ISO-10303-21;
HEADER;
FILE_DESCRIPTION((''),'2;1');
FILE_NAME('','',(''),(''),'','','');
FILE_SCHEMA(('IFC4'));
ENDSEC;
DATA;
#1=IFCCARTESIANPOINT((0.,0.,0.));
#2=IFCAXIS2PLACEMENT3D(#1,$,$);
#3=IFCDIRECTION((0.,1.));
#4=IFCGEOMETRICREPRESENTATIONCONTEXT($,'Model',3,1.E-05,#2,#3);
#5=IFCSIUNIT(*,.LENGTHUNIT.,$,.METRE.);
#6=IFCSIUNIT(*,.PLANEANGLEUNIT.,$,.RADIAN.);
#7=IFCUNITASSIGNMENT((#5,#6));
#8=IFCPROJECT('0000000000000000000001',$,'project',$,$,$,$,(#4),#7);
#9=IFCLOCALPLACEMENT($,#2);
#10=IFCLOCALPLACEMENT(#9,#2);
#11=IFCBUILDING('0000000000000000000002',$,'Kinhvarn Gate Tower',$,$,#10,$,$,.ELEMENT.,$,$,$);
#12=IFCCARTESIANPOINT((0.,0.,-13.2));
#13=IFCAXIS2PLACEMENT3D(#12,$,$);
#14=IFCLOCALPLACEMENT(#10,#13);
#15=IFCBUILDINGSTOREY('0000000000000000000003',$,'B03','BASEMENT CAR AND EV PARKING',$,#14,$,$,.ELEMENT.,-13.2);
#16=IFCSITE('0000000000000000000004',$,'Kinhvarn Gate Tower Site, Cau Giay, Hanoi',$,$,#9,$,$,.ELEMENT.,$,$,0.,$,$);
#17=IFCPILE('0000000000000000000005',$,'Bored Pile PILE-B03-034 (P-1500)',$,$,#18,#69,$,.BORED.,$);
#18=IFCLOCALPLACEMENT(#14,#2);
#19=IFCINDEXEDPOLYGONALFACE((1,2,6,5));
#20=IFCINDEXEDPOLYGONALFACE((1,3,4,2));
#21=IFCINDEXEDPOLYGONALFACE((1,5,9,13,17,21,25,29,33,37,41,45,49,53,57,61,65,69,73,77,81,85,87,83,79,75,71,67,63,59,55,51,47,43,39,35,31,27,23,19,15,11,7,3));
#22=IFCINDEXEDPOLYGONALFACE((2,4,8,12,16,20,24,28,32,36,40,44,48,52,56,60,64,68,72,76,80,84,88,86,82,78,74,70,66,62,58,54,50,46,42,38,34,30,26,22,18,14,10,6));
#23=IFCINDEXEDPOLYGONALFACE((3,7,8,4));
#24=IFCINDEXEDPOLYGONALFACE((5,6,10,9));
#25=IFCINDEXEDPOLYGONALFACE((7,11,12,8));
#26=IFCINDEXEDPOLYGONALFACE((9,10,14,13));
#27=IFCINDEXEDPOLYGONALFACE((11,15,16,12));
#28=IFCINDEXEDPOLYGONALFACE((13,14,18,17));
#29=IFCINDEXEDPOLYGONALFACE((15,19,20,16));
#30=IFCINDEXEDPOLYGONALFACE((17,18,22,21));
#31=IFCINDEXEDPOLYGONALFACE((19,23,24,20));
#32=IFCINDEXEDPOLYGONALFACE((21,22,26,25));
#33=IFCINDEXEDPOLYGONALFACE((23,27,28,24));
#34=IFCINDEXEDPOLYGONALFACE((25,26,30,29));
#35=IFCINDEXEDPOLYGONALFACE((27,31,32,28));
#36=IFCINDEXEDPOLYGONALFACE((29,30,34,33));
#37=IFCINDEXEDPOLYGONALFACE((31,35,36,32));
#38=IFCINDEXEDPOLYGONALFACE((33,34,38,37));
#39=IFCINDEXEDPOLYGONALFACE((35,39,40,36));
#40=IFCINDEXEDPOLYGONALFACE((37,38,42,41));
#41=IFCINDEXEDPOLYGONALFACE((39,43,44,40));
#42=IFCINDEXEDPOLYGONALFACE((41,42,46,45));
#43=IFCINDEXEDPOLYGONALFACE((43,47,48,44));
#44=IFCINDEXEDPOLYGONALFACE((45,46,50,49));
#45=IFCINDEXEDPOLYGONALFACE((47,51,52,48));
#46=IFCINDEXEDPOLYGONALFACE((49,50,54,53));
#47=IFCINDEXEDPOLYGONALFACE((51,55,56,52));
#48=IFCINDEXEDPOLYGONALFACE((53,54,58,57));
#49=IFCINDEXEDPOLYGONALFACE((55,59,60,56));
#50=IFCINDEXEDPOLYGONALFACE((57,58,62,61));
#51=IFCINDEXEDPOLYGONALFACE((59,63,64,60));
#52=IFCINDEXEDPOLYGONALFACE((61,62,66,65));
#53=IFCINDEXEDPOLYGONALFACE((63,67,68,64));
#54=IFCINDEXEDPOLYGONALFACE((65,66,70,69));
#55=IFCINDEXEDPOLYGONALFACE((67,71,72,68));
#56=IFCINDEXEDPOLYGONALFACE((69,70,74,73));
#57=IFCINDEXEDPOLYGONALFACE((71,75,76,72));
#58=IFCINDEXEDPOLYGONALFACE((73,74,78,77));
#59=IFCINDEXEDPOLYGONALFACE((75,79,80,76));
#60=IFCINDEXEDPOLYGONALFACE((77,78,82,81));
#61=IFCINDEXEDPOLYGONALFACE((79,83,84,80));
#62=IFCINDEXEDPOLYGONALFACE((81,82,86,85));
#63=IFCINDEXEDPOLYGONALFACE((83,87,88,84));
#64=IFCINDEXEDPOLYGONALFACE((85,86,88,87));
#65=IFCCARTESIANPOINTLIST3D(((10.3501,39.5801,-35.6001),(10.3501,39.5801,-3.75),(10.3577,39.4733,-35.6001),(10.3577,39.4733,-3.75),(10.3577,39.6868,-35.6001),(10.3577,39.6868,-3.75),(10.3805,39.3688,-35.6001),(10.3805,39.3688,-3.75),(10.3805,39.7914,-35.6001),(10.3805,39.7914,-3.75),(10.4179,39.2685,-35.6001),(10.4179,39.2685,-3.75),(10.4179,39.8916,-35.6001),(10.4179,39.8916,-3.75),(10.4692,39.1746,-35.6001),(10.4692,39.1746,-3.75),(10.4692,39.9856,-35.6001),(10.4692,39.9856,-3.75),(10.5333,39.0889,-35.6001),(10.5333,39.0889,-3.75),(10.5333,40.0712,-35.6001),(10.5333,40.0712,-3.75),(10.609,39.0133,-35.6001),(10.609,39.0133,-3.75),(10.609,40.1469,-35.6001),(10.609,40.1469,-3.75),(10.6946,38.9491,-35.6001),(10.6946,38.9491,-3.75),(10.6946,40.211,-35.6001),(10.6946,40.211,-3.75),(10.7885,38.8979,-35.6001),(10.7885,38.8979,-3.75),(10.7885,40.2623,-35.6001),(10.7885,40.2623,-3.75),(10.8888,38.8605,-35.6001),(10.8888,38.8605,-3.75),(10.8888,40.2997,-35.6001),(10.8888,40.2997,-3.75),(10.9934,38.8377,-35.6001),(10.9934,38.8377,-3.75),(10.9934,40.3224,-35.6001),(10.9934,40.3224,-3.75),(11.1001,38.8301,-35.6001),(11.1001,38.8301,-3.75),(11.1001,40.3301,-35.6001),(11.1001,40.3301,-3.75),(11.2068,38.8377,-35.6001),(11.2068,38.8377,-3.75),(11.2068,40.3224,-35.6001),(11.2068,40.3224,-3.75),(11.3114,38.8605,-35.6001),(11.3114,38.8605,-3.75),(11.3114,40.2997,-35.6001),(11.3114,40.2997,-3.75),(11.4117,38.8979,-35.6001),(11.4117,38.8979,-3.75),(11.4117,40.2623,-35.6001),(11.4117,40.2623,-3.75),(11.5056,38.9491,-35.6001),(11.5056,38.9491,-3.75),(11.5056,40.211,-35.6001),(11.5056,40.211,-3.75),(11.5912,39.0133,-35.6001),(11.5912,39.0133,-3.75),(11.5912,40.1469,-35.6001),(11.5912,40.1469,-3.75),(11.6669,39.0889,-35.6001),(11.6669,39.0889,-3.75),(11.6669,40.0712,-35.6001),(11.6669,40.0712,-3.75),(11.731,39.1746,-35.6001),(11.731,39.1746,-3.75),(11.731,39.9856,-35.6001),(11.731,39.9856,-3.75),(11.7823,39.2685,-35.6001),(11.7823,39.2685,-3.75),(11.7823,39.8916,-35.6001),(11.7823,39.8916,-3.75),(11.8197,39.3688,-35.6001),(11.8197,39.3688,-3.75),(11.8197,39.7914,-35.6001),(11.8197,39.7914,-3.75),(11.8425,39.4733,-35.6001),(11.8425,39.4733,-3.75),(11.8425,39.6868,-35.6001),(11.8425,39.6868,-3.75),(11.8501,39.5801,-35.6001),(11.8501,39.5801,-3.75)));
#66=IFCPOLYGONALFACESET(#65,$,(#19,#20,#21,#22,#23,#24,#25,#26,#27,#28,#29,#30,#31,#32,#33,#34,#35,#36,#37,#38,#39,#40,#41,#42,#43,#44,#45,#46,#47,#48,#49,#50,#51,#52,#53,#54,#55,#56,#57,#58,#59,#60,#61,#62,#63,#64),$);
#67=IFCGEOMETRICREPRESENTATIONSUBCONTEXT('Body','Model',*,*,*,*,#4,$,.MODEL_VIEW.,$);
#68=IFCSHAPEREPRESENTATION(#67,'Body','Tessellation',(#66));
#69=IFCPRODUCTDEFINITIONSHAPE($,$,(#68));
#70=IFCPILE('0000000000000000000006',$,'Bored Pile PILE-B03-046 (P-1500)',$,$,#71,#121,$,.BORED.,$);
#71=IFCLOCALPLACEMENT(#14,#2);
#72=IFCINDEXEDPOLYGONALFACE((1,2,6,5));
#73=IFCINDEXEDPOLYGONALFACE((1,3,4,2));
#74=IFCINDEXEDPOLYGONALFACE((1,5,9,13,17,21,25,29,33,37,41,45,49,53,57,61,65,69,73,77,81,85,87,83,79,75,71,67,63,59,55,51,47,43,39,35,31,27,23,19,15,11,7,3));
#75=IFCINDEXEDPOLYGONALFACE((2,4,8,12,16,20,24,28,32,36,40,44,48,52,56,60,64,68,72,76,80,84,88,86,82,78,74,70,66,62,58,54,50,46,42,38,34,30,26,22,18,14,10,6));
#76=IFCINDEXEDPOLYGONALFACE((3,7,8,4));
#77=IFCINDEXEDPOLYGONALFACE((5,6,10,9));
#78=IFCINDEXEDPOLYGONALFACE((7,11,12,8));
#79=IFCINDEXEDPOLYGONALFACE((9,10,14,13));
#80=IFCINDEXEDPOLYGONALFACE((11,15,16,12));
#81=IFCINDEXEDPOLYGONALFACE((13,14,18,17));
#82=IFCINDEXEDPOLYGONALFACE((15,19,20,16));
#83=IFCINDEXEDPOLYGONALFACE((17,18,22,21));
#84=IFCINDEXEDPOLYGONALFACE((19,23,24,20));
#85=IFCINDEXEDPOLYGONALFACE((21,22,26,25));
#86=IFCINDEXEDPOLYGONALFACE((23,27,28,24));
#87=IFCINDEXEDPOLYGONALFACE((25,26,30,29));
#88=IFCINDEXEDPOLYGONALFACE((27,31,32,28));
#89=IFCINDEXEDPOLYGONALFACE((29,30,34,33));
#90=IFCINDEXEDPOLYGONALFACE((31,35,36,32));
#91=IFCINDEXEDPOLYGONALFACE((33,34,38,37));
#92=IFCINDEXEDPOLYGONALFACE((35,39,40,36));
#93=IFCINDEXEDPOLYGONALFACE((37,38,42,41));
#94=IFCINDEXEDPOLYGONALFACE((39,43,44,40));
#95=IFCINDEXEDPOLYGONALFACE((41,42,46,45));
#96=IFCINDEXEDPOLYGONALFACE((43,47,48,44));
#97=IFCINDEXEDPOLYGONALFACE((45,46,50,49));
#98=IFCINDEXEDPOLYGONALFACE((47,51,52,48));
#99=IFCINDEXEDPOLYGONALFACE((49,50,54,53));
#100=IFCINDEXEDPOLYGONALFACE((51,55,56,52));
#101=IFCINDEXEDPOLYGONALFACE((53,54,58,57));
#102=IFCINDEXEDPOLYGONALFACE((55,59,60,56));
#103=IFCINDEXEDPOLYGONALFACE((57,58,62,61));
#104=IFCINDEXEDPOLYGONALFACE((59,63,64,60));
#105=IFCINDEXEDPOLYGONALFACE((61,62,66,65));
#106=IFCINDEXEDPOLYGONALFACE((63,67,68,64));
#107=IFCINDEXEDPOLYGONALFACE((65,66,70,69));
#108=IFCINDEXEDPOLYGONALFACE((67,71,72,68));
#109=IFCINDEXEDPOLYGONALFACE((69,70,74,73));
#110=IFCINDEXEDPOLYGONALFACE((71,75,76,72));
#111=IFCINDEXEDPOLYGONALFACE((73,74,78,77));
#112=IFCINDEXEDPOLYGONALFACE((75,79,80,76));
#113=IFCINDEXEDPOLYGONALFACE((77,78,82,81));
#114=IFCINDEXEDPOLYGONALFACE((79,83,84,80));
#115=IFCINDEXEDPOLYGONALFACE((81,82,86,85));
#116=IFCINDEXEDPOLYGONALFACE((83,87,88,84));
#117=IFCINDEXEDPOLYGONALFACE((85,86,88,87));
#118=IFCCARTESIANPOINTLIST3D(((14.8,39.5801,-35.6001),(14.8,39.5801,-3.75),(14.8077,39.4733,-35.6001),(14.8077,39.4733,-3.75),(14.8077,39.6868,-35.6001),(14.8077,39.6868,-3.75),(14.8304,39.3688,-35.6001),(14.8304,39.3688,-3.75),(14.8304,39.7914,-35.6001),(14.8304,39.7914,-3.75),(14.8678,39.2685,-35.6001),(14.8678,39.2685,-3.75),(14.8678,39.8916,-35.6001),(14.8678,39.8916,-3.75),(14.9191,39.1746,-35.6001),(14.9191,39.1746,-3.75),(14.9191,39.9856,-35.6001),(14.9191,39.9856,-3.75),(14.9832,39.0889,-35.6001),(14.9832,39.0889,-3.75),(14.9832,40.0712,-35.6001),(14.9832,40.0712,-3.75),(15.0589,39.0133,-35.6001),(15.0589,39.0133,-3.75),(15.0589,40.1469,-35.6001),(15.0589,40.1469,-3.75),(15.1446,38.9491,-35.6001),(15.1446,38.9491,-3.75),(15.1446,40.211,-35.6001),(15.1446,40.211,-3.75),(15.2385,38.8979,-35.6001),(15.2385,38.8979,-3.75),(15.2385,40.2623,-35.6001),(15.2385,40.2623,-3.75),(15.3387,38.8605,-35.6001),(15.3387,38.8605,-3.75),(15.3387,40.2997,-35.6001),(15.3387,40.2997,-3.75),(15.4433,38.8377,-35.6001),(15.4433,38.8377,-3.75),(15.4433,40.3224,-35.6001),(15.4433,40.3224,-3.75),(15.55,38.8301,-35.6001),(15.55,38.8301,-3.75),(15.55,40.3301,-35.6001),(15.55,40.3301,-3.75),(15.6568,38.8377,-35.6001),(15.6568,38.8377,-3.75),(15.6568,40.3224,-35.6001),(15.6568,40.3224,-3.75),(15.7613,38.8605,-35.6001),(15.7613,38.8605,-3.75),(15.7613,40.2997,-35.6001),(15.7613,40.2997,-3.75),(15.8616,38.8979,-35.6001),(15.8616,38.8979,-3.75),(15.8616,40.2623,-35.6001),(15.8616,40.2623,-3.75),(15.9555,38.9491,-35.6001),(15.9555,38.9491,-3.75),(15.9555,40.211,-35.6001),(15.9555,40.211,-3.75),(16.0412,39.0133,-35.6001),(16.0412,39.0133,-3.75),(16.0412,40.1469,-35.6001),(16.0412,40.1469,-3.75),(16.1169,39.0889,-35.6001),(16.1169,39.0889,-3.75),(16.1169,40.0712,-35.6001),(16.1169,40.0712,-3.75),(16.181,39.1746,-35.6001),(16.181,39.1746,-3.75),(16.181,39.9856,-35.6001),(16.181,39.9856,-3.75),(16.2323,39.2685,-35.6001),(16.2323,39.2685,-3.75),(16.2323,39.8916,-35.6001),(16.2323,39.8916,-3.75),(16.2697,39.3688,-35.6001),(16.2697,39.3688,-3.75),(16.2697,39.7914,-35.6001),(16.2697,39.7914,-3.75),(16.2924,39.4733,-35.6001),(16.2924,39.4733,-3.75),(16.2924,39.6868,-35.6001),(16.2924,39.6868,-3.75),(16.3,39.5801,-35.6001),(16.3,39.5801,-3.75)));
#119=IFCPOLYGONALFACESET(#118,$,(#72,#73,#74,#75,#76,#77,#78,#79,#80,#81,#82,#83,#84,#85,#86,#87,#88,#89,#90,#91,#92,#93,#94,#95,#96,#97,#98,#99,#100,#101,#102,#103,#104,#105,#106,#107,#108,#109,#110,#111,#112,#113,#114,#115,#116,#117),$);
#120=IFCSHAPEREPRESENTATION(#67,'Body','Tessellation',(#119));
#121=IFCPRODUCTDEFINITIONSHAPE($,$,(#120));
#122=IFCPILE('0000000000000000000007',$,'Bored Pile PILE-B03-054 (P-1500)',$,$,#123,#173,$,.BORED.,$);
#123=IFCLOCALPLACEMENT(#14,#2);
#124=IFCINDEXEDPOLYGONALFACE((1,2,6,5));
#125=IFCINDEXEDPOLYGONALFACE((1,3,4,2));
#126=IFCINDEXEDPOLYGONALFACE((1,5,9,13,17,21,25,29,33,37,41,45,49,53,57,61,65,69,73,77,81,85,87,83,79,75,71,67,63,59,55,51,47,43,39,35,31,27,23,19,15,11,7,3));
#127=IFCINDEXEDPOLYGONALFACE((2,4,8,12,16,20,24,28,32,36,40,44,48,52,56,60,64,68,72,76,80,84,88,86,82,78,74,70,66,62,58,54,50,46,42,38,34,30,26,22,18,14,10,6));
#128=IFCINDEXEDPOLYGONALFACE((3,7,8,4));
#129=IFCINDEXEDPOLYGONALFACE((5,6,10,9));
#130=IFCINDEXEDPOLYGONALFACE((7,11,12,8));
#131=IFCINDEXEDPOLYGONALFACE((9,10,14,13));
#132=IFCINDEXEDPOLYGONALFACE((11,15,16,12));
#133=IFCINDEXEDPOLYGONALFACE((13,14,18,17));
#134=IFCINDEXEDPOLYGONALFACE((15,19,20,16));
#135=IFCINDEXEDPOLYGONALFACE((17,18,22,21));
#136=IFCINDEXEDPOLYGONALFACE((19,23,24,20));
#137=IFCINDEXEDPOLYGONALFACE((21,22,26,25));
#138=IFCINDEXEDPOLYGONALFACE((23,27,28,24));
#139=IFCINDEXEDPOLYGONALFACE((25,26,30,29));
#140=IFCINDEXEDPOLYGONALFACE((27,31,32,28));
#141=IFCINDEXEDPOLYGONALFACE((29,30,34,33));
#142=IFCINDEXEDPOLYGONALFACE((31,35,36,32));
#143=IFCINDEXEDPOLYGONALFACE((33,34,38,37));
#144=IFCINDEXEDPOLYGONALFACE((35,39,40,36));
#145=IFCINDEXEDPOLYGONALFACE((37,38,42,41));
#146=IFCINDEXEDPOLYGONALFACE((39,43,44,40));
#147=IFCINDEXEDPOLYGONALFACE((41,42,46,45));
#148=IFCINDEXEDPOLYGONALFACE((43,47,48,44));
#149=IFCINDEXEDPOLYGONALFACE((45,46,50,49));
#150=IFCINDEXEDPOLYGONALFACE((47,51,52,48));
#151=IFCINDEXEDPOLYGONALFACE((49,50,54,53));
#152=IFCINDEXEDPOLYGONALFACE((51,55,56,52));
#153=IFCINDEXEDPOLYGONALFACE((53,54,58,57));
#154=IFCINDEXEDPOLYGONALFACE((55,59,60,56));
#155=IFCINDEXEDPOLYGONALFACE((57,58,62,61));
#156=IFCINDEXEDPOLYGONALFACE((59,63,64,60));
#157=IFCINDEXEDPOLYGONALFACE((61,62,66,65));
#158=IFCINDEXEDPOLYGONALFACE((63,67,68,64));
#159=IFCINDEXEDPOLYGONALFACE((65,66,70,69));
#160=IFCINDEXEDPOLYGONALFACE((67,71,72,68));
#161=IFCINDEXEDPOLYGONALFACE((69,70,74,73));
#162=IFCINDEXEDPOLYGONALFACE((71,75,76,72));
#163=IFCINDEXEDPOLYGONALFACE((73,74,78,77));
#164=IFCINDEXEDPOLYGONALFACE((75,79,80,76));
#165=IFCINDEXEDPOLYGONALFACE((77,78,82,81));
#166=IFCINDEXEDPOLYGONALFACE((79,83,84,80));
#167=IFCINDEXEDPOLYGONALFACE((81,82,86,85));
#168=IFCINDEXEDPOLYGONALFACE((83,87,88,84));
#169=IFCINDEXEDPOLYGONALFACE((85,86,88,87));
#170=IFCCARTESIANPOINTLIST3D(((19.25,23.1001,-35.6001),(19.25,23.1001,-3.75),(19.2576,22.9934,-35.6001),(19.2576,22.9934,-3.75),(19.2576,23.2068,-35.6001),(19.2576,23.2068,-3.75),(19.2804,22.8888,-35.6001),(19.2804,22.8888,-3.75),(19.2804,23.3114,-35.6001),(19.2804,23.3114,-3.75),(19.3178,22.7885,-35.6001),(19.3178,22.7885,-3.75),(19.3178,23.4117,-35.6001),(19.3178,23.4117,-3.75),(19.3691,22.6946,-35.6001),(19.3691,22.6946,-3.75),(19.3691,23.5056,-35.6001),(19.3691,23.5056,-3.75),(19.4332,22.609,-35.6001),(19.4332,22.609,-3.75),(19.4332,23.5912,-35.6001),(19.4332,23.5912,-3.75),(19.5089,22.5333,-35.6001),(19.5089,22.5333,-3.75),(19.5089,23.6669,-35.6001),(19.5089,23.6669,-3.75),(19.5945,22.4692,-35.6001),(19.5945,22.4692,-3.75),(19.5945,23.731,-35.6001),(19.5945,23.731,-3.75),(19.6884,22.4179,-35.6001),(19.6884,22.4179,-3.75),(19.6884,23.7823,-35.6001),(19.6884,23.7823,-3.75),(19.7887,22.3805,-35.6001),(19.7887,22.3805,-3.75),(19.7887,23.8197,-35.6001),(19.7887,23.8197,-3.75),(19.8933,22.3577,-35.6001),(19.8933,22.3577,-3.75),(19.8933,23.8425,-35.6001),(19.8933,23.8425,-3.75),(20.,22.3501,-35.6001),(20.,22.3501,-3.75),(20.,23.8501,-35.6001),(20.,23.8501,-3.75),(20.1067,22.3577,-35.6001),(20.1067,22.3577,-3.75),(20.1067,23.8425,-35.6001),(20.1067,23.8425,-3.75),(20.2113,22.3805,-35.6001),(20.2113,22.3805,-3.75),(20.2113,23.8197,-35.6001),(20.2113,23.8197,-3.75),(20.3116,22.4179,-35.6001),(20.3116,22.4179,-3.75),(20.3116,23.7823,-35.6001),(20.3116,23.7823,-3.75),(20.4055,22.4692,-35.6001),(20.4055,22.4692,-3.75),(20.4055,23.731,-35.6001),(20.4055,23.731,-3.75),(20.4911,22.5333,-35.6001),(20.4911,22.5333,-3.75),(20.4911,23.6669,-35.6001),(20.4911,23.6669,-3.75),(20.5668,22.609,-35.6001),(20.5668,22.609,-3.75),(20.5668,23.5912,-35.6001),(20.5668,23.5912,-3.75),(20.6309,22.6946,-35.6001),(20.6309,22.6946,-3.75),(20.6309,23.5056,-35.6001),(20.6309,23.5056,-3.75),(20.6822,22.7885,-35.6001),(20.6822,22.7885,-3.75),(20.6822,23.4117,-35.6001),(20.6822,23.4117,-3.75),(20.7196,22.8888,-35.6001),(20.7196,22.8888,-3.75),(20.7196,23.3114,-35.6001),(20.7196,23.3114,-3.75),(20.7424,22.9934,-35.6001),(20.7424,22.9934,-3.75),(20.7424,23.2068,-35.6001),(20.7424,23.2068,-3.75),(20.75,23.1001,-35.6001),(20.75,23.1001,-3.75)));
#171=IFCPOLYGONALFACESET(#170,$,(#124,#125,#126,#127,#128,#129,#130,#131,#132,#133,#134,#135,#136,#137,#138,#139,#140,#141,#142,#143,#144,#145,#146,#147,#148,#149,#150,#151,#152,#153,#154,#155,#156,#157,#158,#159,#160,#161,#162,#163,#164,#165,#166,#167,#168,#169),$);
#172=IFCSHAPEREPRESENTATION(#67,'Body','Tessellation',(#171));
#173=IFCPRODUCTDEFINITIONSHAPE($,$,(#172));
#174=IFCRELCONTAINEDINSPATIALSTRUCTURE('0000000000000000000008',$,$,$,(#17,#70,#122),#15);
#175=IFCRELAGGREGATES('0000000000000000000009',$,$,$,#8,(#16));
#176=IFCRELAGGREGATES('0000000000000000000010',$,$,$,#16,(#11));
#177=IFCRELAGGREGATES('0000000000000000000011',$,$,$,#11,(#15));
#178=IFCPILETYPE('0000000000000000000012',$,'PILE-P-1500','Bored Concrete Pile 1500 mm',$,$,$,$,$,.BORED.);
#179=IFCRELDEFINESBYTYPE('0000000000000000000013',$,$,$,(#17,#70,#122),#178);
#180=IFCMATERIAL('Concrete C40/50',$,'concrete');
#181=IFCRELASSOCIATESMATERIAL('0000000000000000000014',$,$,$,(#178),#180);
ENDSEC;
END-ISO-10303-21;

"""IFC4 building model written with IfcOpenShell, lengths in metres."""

from ifc_helpers import new_model, si_unit, direction, frame, origin, origin_2d, place, context, subcontext, project, spatial, circle, extrude, material, material_profile, profile_set, type_object, element, save


model = new_model("IFC4")

# Units and contexts
model_context = context("Model", 3, precision=1e-05, world=origin(), true_north=direction((0.0, 1.0)))
body_context = subcontext(model_context, "Body", "Model", "MODEL_VIEW")
ifc_project = project(units=[si_unit("LENGTHUNIT", "METRE"), si_unit("PLANEANGLEUNIT", "RADIAN")], contexts=[model_context])

# Site, building, storey
site_placement = place(None, origin())
site = spatial("IfcSite", under=ifc_project, at=site_placement, Name="Kinhvarn Gate Tower Site, Cau Giay, Hanoi", CompositionType="ELEMENT", RefElevation=0.0)
building_placement = place(site_placement, origin())
building = spatial("IfcBuilding", under=site, at=building_placement, Name="Kinhvarn Gate Tower", CompositionType="ELEMENT")
storey_placement = place(building_placement, frame((0.0, 0.0, -13.2)))
storey = spatial("IfcBuildingStorey", under=building, at=storey_placement, Name="B03", Description="BASEMENT CAR AND EV PARKING", CompositionType="ELEMENT", Elevation=-13.2)

# Piles
ifc_material = material(Name="Concrete C40/50", Category="concrete")
ifc_material_profile_1 = material_profile(ifc_material, circle(Radius=0.75, at=origin_2d()), Name="PILE D1500")
ifc_profile_set_1 = profile_set([ifc_material_profile_1], Name="Concrete C40/50")
pile_type_1 = type_object("IfcPileType", Name="PILE-P-1500", Description="Bored Concrete Pile 1500 mm", PredefinedType="BORED", material=ifc_profile_set_1)
for number, where, z_axis, x_axis, name in (
    (1, (11.1001, 39.5801, -35.6001), (0.0, 0.0, 1.0), (1.0, 0.0, 0.0), "Bored Pile PILE-B03-034 (P-1500)"),
    (2, (15.55, 39.5801, -35.6001), (0.0, 0.0, 1.0), (1.0, 0.0, 0.0), "Bored Pile PILE-B03-046 (P-1500)"),
    (3, (20.0, 23.1001, -35.6001), (0.0, 0.0, 1.0), (1.0, 0.0, 0.0), "Bored Pile PILE-B03-054 (P-1500)"),
):
    element("IfcPile", number, at=place(storey_placement, frame(where, z_axis=z_axis, x_axis=x_axis)), inside=storey, type_object=pile_type_1, Name=name, PredefinedType="BORED", context=body_context, shape_type="SweptSolid", body=[
        extrude(circle(Radius=0.75, at=origin_2d()), origin(), (0.0, 0.0, 1.0), 31.8501),
    ])

save(model, "model.ifc")
